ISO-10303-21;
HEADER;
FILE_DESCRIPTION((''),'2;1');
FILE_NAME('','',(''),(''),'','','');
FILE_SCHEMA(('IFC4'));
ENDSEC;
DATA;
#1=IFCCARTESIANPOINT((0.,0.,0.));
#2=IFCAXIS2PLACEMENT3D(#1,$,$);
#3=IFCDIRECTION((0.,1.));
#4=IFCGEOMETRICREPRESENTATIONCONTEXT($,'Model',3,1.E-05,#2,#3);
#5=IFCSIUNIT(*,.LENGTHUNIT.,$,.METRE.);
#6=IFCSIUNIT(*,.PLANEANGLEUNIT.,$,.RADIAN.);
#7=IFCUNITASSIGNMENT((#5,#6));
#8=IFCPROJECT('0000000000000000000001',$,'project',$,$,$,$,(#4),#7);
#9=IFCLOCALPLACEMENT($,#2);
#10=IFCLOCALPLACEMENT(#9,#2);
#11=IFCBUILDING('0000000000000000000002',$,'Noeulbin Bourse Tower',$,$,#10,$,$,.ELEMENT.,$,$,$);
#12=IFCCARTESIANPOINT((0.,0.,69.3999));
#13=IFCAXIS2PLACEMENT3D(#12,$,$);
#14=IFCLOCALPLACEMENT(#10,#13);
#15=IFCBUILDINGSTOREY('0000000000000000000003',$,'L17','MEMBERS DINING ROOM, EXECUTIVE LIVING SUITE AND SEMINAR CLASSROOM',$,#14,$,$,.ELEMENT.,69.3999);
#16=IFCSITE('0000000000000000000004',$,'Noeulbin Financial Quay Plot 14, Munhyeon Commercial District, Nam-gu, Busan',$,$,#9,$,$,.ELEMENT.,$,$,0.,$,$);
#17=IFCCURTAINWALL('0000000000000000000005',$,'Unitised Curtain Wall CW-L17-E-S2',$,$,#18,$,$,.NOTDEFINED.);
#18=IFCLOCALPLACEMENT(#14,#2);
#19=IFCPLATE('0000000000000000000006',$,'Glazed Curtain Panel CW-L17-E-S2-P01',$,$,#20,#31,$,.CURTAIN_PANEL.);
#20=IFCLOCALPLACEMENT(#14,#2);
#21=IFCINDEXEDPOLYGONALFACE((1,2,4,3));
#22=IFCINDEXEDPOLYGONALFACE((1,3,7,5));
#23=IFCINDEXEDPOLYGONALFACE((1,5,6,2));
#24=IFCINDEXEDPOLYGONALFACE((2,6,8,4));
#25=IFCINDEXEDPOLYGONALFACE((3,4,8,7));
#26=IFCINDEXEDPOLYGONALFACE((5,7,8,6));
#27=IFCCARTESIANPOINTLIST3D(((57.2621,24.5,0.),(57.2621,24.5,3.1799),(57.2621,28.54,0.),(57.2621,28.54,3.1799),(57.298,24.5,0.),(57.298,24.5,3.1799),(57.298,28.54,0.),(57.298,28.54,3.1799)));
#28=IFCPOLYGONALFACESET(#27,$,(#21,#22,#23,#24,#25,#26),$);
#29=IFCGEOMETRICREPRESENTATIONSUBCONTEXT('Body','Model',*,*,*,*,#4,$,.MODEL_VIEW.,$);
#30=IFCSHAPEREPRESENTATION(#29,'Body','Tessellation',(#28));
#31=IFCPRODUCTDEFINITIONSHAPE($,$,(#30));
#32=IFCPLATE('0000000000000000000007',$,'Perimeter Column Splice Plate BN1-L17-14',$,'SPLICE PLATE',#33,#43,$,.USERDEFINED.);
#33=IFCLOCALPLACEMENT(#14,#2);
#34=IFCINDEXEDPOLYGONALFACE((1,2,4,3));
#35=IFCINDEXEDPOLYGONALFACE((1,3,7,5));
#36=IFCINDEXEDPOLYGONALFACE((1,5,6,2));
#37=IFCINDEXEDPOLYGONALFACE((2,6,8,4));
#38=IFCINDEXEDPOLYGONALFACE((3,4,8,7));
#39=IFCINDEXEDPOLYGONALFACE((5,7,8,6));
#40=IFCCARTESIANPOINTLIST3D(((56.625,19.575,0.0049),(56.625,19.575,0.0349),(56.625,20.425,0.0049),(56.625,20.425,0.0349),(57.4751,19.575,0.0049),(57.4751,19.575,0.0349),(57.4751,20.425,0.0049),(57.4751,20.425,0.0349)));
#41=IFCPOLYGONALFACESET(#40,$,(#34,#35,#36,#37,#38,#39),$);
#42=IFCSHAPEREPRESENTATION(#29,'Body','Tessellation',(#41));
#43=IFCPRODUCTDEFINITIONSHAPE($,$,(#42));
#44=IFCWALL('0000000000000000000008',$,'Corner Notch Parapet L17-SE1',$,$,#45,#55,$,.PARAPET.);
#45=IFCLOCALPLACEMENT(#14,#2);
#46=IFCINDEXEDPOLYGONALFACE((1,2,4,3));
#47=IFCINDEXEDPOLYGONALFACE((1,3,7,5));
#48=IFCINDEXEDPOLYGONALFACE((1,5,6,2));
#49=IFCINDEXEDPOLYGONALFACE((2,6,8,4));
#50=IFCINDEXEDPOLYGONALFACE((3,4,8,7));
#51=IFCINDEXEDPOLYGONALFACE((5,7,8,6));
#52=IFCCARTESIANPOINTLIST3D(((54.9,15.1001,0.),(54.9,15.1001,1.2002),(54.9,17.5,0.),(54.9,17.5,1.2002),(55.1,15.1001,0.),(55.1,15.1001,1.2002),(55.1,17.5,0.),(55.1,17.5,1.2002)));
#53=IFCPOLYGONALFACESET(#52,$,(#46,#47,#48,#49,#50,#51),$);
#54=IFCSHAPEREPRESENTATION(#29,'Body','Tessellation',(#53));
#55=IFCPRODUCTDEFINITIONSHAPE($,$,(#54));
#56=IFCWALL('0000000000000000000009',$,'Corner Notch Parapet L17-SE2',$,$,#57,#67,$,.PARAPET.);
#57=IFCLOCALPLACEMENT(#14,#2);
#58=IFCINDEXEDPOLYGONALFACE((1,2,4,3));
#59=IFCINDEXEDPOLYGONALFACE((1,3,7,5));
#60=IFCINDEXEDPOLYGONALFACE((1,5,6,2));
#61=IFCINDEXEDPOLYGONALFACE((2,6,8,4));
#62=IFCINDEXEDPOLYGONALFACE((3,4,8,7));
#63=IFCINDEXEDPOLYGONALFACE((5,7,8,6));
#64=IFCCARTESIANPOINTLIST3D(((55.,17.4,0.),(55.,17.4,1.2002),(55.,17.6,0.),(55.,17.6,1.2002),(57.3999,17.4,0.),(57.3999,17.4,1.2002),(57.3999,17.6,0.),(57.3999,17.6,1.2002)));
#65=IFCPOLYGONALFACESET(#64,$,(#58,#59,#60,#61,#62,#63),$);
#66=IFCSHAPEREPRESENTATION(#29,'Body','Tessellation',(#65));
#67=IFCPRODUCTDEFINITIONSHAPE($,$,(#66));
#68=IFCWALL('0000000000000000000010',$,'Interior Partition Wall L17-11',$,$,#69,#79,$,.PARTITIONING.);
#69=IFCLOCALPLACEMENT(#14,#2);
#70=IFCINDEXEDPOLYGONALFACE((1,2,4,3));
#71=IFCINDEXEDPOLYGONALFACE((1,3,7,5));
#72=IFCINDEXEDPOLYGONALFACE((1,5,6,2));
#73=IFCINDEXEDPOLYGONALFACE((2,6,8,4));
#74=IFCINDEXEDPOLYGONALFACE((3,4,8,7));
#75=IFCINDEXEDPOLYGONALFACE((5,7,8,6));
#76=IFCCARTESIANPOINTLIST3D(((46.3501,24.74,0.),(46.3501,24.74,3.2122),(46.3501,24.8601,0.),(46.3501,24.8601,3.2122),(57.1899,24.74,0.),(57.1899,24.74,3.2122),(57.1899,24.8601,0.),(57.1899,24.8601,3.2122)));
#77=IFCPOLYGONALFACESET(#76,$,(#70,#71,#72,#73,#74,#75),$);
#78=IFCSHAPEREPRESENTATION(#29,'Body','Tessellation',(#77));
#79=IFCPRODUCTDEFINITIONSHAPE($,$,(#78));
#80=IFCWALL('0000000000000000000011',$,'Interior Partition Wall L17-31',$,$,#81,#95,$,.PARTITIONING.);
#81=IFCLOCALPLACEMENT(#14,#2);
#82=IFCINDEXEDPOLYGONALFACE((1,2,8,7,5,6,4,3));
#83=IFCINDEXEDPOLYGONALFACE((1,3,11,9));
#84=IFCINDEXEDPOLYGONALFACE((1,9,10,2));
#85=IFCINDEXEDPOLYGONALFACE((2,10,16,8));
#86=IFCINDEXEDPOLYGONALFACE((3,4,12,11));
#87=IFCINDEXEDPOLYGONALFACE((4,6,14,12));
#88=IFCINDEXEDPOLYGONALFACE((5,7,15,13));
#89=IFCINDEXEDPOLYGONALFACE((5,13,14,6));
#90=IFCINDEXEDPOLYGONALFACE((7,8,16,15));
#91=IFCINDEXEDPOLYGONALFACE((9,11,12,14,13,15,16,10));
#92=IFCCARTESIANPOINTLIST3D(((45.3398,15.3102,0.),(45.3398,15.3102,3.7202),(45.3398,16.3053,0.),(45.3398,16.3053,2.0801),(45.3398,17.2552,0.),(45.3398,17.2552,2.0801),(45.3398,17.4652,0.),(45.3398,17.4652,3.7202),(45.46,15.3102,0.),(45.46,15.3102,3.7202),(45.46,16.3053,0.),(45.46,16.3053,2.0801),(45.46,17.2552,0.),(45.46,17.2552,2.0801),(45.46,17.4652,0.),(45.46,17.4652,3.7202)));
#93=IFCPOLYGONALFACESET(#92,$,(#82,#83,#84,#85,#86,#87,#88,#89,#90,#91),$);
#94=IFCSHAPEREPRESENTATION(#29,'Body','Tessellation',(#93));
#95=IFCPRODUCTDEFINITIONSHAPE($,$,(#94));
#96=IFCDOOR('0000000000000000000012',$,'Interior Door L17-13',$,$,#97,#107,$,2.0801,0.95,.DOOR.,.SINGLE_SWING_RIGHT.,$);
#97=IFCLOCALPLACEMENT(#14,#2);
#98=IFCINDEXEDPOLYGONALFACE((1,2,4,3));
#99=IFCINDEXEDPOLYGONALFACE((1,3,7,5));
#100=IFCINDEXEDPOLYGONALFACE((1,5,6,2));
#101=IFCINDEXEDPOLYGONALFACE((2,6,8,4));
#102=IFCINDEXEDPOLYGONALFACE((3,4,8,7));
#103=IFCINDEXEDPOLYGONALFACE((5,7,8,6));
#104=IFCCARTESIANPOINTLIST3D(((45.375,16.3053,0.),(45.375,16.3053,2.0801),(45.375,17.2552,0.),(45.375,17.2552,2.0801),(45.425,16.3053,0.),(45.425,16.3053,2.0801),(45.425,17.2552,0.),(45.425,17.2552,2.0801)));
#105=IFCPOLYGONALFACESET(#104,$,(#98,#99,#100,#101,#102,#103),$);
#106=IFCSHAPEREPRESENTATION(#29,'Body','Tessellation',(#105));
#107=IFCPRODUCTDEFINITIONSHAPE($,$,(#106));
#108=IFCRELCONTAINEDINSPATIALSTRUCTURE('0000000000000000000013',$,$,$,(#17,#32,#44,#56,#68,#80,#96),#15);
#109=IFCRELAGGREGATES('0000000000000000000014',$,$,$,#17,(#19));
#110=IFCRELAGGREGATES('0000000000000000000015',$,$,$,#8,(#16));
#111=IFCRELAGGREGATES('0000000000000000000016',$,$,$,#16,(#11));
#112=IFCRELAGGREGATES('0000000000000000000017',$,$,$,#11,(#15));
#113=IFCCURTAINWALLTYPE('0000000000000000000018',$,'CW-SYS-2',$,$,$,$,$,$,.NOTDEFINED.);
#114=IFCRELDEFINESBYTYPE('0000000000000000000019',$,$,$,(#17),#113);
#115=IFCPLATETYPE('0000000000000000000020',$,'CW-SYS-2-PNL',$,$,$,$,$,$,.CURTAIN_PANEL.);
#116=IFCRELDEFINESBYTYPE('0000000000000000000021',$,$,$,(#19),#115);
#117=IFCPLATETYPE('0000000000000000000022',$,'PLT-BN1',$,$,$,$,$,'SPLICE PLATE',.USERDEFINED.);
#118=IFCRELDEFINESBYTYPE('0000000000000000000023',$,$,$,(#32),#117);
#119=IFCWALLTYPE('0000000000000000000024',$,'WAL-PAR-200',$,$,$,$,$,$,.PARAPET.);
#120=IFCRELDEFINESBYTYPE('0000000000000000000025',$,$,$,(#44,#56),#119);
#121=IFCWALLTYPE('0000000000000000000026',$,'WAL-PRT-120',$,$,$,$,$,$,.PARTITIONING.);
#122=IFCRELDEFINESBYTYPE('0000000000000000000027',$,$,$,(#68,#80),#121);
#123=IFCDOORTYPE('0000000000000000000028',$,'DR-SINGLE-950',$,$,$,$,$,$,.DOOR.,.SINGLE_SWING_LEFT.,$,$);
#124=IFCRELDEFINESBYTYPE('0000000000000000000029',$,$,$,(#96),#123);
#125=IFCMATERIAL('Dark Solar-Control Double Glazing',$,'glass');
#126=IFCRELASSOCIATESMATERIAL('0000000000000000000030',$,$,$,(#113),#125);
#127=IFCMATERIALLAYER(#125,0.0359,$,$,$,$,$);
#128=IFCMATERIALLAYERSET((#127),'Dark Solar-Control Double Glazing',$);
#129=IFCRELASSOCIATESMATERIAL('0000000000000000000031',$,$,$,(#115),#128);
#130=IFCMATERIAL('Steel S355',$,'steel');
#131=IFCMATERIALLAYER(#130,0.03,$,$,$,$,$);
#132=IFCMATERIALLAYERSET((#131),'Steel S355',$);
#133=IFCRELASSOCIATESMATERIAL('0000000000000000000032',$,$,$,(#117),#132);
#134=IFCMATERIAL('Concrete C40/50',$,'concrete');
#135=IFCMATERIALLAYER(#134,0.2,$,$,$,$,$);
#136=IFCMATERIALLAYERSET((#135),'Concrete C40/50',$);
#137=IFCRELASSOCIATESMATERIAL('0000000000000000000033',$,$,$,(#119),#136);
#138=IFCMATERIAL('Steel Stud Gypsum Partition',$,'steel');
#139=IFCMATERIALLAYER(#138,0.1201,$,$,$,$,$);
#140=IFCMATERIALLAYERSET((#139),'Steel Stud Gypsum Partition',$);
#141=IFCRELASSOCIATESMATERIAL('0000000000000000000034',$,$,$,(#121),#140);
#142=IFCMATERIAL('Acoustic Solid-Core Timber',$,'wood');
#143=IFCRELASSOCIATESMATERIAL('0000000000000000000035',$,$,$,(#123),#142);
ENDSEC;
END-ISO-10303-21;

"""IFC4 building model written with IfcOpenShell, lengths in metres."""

from ifc_helpers import new_model, si_unit, direction, frame, frame_2d, origin, origin_2d, place, context, subcontext, project, spatial, rectangle, extrude, material, layer, layer_set, type_object, element, fill, aggregate, save


model = new_model("IFC4")

# Units and contexts
model_context = context("Model", 3, precision=1e-05, world=origin(), true_north=direction((0.0, 1.0)))
body_context = subcontext(model_context, "Body", "Model", "MODEL_VIEW")
ifc_project = project(units=[si_unit("LENGTHUNIT", "METRE"), si_unit("PLANEANGLEUNIT", "RADIAN")], contexts=[model_context])

# Site, building, storey
site_placement = place(None, origin())
site = spatial("IfcSite", under=ifc_project, at=site_placement, Name="Noeulbin Financial Quay Plot 14, Munhyeon Commercial District, Nam-gu, Busan", CompositionType="ELEMENT", RefElevation=0.0)
building_placement = place(site_placement, origin())
building = spatial("IfcBuilding", under=site, at=building_placement, Name="Noeulbin Bourse Tower", CompositionType="ELEMENT")
storey_placement = place(building_placement, frame((0.0, 0.0, 69.3999)))
storey = spatial("IfcBuildingStorey", under=building, at=storey_placement, Name="L17", Description="MEMBERS DINING ROOM, EXECUTIVE LIVING SUITE AND SEMINAR CLASSROOM", CompositionType="ELEMENT", Elevation=69.3999)

# Shared definitions
ifc_material_1 = material(Name="Steel S355", Category="steel")

# Curtain wall
ifc_material_2 = material(Name="Dark Solar-Control Double Glazing", Category="glass")
curtain_wall_type = type_object("IfcCurtainWallType", Name="CW-SYS-2", PredefinedType="NOTDEFINED", material=ifc_material_2)
curtain_wall_1_placement = place(storey_placement, origin())
curtain_wall_1 = element("IfcCurtainWall", 1, at=curtain_wall_1_placement, inside=storey, type_object=curtain_wall_type, Name="Unitised Curtain Wall CW-L17-E-S2", PredefinedType="NOTDEFINED")

# Plates
ifc_layer_1 = layer(ifc_material_2, 0.0359)
ifc_layer_set_1 = layer_set([ifc_layer_1], Name="Dark Solar-Control Double Glazing")
plate_type_1 = type_object("IfcPlateType", Name="CW-SYS-2-PNL", PredefinedType="CURTAIN_PANEL", material=ifc_layer_set_1)
plate_1_placement = place(storey_placement, frame((57.28, 26.52, 0.0), z_axis=(0.0, 0.0, 1.0), x_axis=(0.0, 1.0, 0.0)))
plate_1 = element("IfcPlate", 2, at=plate_1_placement, type_object=plate_type_1, Name="Glazed Curtain Panel CW-L17-E-S2-P01", PredefinedType="CURTAIN_PANEL", context=body_context, shape_type="SweptSolid", body=[
    extrude(rectangle(XDim=4.04, YDim=0.0359, at=origin_2d()), origin(), (0.0, 0.0, 1.0), 3.1799),
])
aggregate(curtain_wall_1, [plate_1])
ifc_layer_2 = layer(ifc_material_1, 0.03)
ifc_layer_set_2 = layer_set([ifc_layer_2], Name="Steel S355")
plate_type_2 = type_object("IfcPlateType", Name="PLT-BN1", ElementType="SPLICE PLATE", PredefinedType="USERDEFINED", material=ifc_layer_set_2)
plate_2_placement = place(storey_placement, frame((57.05, 20.0, 0.0049), z_axis=(0.0, 0.0, 1.0), x_axis=(1.0, 0.0, 0.0)))
element("IfcPlate", 3, at=plate_2_placement, inside=storey, type_object=plate_type_2, Name="Perimeter Column Splice Plate BN1-L17-14", ObjectType="SPLICE PLATE", PredefinedType="USERDEFINED", context=body_context, shape_type="SweptSolid", body=[
    extrude(rectangle(XDim=0.8501, YDim=0.8501, at=origin_2d()), origin(), (0.0, 0.0, 1.0), 0.03),
])

# Walls
ifc_material_3 = material(Name="Concrete C40/50", Category="concrete")
ifc_layer_3 = layer(ifc_material_3, 0.2)
ifc_layer_set_3 = layer_set([ifc_layer_3], Name="Concrete C40/50")
wall_type_1 = type_object("IfcWallType", Name="WAL-PAR-200", PredefinedType="PARAPET", material=ifc_layer_set_3)
for number, where, z_axis, x_axis, name in (
    (4, (55.0, 15.1001, 0.0), (0.0, 0.0, 1.0), (0.0, 1.0, 0.0), "Corner Notch Parapet L17-SE1"),
    (5, (55.0, 17.5, 0.0), (0.0, 0.0, 1.0), (1.0, 0.0, 0.0), "Corner Notch Parapet L17-SE2"),
):
    element("IfcWall", number, at=place(storey_placement, frame(where, z_axis=z_axis, x_axis=x_axis)), inside=storey, type_object=wall_type_1, Name=name, PredefinedType="PARAPET", context=body_context, shape_type="SweptSolid", body=[
        extrude(rectangle(XDim=2.3999, YDim=0.2, at=frame_2d((1.2, 0.0))), origin(), (0.0, 0.0, 1.0), 1.2002),
    ])
ifc_material_4 = material(Name="Steel Stud Gypsum Partition", Category="steel")
ifc_layer_4 = layer(ifc_material_4, 0.1201)
ifc_layer_set_4 = layer_set([ifc_layer_4], Name="Steel Stud Gypsum Partition")
wall_type_2 = type_object("IfcWallType", Name="WAL-PRT-120", PredefinedType="PARTITIONING", material=ifc_layer_set_4)
wall_1_placement = place(storey_placement, frame((46.3501, 24.8, 0.0), z_axis=(0.0, 0.0, 1.0), x_axis=(1.0, 0.0, 0.0)))
element("IfcWall", 6, at=wall_1_placement, inside=storey, type_object=wall_type_2, Name="Interior Partition Wall L17-11", PredefinedType="PARTITIONING", context=body_context, shape_type="SweptSolid", body=[
    extrude(rectangle(XDim=10.8398, YDim=0.1201, at=frame_2d((5.4199, 0.0))), origin(), (0.0, 0.0, 1.0), 3.2122),
])

# Wall, opening, door
wall_2_placement = place(storey_placement, frame((45.3999, 15.3101, 0.0), z_axis=(0.0, 0.0, 1.0), x_axis=(0.0, 1.0, 0.0)))
wall_2 = element("IfcWall", 7, at=wall_2_placement, inside=storey, type_object=wall_type_2, Name="Interior Partition Wall L17-31", PredefinedType="PARTITIONING", context=body_context, shape_type="SweptSolid", body=[
    extrude(rectangle(XDim=2.155, YDim=0.1201, at=frame_2d((1.0776, 0.0))), origin(), (0.0, 0.0, 1.0), 3.7202),
])
opening_1_placement = place(wall_2_placement, frame((0.9951, 0.0, 0.0)))
opening_1 = element("IfcOpeningElement", 8, at=opening_1_placement, cuts=wall_2, PredefinedType="OPENING", context=body_context, shape_type="SweptSolid", body=[
    extrude(rectangle(XDim=0.95, YDim=2.0801, at=frame_2d((0.4751, 1.04))), frame((0.0, 0.0701, 0.0), z_axis=(0.0, -1.0, 0.0), x_axis=(1.0, 0.0, 0.0)), (0.0, 0.0, 1.0), 0.1401),
])
ifc_material_5 = material(Name="Acoustic Solid-Core Timber", Category="wood")
door_type = type_object("IfcDoorType", Name="DR-SINGLE-950", OperationType="SINGLE_SWING_LEFT", PredefinedType="DOOR", material=ifc_material_5)
door_1_placement = place(opening_1_placement, origin())
door_1 = element("IfcDoor", 9, at=door_1_placement, inside=storey, type_object=door_type, Name="Interior Door L17-13", OperationType="SINGLE_SWING_RIGHT", OverallHeight=2.0801, OverallWidth=0.95, PredefinedType="DOOR", context=body_context, shape_type="SweptSolid", body=[
    extrude(rectangle(XDim=0.95, YDim=2.0801, at=frame_2d((0.4751, 1.04))), frame((0.0, 0.0249, 0.0), z_axis=(0.0, -1.0, 0.0), x_axis=(1.0, 0.0, 0.0)), (0.0, 0.0, 1.0), 0.05),
])
fill(opening_1, door_1)

save(model, "model.ifc")
